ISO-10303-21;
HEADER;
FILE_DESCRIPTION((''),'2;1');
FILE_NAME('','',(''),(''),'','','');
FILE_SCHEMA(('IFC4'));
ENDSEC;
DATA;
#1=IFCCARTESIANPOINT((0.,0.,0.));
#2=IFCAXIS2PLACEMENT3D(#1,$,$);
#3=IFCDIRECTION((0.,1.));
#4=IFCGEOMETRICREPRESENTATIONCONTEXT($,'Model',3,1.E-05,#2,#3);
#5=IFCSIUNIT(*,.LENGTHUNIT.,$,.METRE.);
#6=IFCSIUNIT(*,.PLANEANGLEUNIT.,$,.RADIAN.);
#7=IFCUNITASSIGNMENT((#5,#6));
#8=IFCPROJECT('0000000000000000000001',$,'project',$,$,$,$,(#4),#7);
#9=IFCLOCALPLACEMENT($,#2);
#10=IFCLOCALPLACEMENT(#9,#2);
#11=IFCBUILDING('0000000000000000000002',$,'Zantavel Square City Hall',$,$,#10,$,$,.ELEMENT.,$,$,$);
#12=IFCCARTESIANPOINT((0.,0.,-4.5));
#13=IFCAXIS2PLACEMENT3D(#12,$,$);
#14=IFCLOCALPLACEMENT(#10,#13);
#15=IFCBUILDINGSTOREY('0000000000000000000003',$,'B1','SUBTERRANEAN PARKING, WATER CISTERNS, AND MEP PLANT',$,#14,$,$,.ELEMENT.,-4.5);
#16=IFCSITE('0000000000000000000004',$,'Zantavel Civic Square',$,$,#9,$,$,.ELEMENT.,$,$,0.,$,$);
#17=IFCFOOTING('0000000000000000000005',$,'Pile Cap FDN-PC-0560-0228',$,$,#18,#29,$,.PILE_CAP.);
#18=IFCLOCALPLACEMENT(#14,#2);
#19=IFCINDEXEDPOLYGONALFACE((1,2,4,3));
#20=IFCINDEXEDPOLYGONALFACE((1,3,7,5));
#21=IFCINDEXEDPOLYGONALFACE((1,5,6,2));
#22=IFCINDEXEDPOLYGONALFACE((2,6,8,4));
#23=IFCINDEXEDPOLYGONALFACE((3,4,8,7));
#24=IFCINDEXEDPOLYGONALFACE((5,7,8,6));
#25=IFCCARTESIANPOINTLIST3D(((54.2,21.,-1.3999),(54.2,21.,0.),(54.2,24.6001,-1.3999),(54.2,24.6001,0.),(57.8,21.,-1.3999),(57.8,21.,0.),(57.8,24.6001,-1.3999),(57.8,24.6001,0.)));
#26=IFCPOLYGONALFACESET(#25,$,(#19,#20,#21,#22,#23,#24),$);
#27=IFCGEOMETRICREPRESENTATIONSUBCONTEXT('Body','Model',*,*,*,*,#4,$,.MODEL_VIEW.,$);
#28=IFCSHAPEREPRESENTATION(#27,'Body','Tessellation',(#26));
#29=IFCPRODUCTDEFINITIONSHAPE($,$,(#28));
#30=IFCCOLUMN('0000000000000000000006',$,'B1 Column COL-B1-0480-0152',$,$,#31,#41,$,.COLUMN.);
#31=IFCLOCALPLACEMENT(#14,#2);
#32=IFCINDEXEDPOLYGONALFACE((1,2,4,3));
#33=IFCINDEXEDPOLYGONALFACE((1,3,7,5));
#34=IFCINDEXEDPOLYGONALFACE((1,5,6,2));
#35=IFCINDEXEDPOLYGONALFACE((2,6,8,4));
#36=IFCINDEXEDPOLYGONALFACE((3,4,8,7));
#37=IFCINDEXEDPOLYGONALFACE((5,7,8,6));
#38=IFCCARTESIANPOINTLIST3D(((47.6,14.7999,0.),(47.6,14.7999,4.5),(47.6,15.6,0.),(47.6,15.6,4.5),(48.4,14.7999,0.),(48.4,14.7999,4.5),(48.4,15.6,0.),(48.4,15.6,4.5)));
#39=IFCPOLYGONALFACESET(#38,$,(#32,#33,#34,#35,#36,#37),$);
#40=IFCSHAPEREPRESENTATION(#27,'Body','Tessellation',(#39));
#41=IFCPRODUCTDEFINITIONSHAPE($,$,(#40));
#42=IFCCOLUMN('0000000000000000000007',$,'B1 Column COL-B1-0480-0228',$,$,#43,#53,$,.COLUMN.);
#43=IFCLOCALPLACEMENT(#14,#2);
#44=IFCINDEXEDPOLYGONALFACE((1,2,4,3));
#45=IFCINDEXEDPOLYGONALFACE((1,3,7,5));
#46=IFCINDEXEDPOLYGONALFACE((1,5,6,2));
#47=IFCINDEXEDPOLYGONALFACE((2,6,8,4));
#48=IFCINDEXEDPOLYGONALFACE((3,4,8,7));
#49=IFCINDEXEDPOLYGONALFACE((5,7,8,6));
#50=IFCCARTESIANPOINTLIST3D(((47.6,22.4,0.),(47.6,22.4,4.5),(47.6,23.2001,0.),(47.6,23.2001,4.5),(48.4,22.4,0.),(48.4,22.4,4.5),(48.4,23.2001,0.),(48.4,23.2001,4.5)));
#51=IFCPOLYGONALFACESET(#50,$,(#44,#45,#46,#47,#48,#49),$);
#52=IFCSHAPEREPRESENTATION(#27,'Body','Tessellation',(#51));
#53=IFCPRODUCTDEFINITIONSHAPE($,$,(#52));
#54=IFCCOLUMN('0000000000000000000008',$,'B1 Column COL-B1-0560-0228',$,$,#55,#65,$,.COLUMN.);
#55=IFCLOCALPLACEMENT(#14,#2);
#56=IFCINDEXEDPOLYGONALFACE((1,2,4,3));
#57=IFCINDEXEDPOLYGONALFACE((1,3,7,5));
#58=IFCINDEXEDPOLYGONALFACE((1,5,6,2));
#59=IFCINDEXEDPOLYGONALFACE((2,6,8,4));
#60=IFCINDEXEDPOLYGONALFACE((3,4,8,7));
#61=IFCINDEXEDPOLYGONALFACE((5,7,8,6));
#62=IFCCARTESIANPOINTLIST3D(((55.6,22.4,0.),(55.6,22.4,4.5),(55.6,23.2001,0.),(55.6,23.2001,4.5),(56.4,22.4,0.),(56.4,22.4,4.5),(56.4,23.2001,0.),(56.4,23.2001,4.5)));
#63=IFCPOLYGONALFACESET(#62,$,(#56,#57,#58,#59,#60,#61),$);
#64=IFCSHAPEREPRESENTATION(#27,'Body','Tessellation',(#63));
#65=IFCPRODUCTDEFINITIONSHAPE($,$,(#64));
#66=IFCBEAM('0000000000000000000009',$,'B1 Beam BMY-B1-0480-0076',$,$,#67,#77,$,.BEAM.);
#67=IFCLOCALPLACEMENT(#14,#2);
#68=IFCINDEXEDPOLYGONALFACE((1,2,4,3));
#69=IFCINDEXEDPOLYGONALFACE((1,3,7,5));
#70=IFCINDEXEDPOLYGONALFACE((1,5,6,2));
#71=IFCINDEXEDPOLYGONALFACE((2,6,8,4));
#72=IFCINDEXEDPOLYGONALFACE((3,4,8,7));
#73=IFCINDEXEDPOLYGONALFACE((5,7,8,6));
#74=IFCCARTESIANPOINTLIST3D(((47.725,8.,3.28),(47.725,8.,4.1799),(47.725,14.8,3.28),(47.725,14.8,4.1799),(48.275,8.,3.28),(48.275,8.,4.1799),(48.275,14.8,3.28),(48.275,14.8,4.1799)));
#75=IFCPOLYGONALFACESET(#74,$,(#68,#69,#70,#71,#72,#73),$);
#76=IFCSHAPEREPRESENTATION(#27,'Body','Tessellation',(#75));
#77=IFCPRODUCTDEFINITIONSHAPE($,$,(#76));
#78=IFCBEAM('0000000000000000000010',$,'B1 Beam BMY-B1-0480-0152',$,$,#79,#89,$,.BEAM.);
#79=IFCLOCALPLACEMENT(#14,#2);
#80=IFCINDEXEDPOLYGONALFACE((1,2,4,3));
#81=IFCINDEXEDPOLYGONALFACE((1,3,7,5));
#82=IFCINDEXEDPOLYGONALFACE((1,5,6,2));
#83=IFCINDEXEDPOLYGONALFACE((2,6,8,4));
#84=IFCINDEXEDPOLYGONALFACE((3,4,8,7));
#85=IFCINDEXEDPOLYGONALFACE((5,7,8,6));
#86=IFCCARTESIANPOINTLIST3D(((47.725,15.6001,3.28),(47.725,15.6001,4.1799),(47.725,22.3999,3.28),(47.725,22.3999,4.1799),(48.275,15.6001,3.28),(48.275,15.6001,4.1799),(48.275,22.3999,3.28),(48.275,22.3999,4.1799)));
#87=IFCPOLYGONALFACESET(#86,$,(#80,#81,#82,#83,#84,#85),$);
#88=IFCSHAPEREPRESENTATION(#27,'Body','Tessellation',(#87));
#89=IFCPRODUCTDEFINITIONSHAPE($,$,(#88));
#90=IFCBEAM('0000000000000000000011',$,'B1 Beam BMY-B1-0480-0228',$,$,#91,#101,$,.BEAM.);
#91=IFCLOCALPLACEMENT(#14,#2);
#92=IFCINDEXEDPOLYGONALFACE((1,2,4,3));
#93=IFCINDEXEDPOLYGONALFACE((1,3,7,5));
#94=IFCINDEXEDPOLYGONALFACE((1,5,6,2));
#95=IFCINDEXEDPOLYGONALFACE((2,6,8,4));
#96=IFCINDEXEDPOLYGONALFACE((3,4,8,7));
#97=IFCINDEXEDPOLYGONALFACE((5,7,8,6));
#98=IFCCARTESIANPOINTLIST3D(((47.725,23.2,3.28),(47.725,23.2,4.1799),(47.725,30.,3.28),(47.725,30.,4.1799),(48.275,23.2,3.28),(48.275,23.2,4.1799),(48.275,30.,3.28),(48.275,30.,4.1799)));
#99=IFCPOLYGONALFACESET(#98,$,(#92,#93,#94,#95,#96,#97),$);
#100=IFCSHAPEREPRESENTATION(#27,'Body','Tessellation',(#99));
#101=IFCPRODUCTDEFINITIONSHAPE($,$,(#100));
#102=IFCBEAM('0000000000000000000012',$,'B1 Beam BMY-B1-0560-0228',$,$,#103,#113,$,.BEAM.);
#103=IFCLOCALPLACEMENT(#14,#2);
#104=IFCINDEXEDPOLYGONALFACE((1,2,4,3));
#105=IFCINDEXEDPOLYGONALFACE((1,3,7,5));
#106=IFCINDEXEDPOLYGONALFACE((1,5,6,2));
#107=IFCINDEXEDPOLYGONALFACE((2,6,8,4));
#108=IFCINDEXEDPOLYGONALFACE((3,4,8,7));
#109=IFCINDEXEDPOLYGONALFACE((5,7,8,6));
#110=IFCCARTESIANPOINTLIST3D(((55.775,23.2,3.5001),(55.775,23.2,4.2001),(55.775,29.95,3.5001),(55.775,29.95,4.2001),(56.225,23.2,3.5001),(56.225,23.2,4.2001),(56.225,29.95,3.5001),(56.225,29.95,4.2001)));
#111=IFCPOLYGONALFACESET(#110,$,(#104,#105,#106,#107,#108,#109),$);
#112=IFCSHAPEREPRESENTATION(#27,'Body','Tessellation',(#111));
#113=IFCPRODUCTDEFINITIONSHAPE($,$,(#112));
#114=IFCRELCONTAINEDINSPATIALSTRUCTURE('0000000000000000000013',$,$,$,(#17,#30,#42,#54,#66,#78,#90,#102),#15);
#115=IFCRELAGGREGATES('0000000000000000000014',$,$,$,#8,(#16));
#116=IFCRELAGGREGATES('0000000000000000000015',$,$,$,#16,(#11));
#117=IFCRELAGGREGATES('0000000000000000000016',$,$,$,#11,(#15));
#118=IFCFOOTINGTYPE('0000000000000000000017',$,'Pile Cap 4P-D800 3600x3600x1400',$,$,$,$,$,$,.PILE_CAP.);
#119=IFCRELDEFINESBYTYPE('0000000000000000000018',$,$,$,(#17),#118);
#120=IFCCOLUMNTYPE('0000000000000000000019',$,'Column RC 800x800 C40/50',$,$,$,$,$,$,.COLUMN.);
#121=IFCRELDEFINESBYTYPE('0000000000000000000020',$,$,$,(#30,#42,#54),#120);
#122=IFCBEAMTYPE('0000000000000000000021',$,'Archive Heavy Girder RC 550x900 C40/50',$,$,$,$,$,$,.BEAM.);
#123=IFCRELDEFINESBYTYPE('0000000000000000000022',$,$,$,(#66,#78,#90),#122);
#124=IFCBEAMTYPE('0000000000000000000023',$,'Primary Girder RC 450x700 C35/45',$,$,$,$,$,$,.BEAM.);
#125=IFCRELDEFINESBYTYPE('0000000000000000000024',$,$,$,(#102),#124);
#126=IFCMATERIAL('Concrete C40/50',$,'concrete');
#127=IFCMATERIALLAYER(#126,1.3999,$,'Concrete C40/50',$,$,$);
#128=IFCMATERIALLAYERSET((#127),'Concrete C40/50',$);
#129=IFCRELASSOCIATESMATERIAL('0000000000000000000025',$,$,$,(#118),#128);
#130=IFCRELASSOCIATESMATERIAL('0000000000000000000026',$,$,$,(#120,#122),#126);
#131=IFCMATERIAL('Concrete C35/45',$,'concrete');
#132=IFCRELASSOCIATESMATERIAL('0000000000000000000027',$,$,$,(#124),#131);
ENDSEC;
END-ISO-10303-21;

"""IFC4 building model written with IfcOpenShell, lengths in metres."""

from ifc_helpers import new_model, si_unit, direction, frame, origin, origin_2d, place, context, subcontext, project, spatial, rectangle, extrude, material, layer, layer_set, material_profile, profile_set, type_object, element, save


model = new_model("IFC4")

# Units and contexts
model_context = context("Model", 3, precision=1e-05, world=origin(), true_north=direction((0.0, 1.0)))
body_context = subcontext(model_context, "Body", "Model", "MODEL_VIEW")
ifc_project = project(units=[si_unit("LENGTHUNIT", "METRE"), si_unit("PLANEANGLEUNIT", "RADIAN")], contexts=[model_context])

# Site, building, storey
site_placement = place(None, origin())
site = spatial("IfcSite", under=ifc_project, at=site_placement, Name="Zantavel Civic Square", CompositionType="ELEMENT", RefElevation=0.0)
building_placement = place(site_placement, origin())
building = spatial("IfcBuilding", under=site, at=building_placement, Name="Zantavel Square City Hall", CompositionType="ELEMENT")
storey_placement = place(building_placement, frame((0.0, 0.0, -4.5)))
storey = spatial("IfcBuildingStorey", under=building, at=storey_placement, Name="B1", Description="SUBTERRANEAN PARKING, WATER CISTERNS, AND MEP PLANT", CompositionType="ELEMENT", Elevation=-4.5)

# Shared definitions
ifc_material_1 = material(Name="Concrete C35/45", Category="concrete")

# Footing
ifc_material_2 = material(Name="Concrete C40/50", Category="concrete")
ifc_layer_1 = layer(ifc_material_2, 1.3999, Name="Concrete C40/50")
ifc_layer_set_1 = layer_set([ifc_layer_1], Name="Concrete C40/50")
footing_type_1 = type_object("IfcFootingType", Name="Pile Cap 4P-D800 3600x3600x1400", PredefinedType="PILE_CAP", material=ifc_layer_set_1)
footing_1_placement = place(storey_placement, frame((56.0, 22.8, -1.3999), z_axis=(0.0, 0.0, 1.0), x_axis=(1.0, 0.0, 0.0)))
element("IfcFooting", 1, at=footing_1_placement, inside=storey, type_object=footing_type_1, Name="Pile Cap FDN-PC-0560-0228", PredefinedType="PILE_CAP", context=body_context, shape_type="SweptSolid", body=[
    extrude(rectangle(XDim=3.6001, YDim=3.6001, at=origin_2d()), origin(), (0.0, 0.0, 1.0), 1.3999),
])

# Columns
ifc_material_profile_1 = material_profile(ifc_material_2, rectangle(XDim=0.8, YDim=0.8, at=origin_2d()), Name="RC 800x800")
ifc_profile_set_1 = profile_set([ifc_material_profile_1], Name="Concrete C40/50")
column_type = type_object("IfcColumnType", Name="Column RC 800x800 C40/50", PredefinedType="COLUMN", material=ifc_profile_set_1)
for number, where, z_axis, x_axis, name in (
    (2, (48.0, 15.2, 0.0), (0.0, 0.0, 1.0), (1.0, 0.0, 0.0), "B1 Column COL-B1-0480-0152"),
    (3, (48.0, 22.8, 0.0), (0.0, 0.0, 1.0), (1.0, 0.0, 0.0), "B1 Column COL-B1-0480-0228"),
    (4, (56.0, 22.8, 0.0), (0.0, 0.0, 1.0), (1.0, 0.0, 0.0), "B1 Column COL-B1-0560-0228"),
):
    element("IfcColumn", number, at=place(storey_placement, frame(where, z_axis=z_axis, x_axis=x_axis)), inside=storey, type_object=column_type, Name=name, PredefinedType="COLUMN", context=body_context, shape_type="SweptSolid", body=[
        extrude(rectangle(XDim=0.8, YDim=0.8, at=origin_2d()), origin(), (0.0, 0.0, 1.0), 4.5),
    ])

# Beams
ifc_material_profile_2 = material_profile(ifc_material_2, rectangle(XDim=0.55, YDim=0.8999, at=origin_2d()), Name="RC 550x900")
ifc_profile_set_2 = profile_set([ifc_material_profile_2], Name="Concrete C40/50")
beam_type_1 = type_object("IfcBeamType", Name="Archive Heavy Girder RC 550x900 C40/50", PredefinedType="BEAM", material=ifc_profile_set_2)
beam_1_placement = place(storey_placement, frame((48.0, 8.0, 3.73), z_axis=(0.0, 1.0, 0.0), x_axis=(-1.0, 0.0, 0.0)))
element("IfcBeam", 5, at=beam_1_placement, inside=storey, type_object=beam_type_1, Name="B1 Beam BMY-B1-0480-0076", PredefinedType="BEAM", context=body_context, shape_type="SweptSolid", body=[
    extrude(rectangle(XDim=0.55, YDim=0.8999, at=origin_2d()), origin(), (0.0, 0.0, 1.0), 6.8),
])
beam_2_placement = place(storey_placement, frame((48.0, 15.6001, 3.73), z_axis=(0.0, 1.0, 0.0), x_axis=(-1.0, 0.0, 0.0)))
element("IfcBeam", 6, at=beam_2_placement, inside=storey, type_object=beam_type_1, Name="B1 Beam BMY-B1-0480-0152", PredefinedType="BEAM", context=body_context, shape_type="SweptSolid", body=[
    extrude(rectangle(XDim=0.55, YDim=0.8999, at=origin_2d()), origin(), (0.0, 0.0, 1.0), 6.7998),
])
beam_3_placement = place(storey_placement, frame((48.0, 23.2, 3.73), z_axis=(0.0, 1.0, 0.0), x_axis=(-1.0, 0.0, 0.0)))
element("IfcBeam", 7, at=beam_3_placement, inside=storey, type_object=beam_type_1, Name="B1 Beam BMY-B1-0480-0228", PredefinedType="BEAM", context=body_context, shape_type="SweptSolid", body=[
    extrude(rectangle(XDim=0.55, YDim=0.8999, at=origin_2d()), origin(), (0.0, 0.0, 1.0), 6.8),
])
ifc_material_profile_3 = material_profile(ifc_material_1, rectangle(XDim=0.45, YDim=0.7, at=origin_2d()), Name="RC 450x700")
ifc_profile_set_3 = profile_set([ifc_material_profile_3], Name="Concrete C35/45")
beam_type_2 = type_object("IfcBeamType", Name="Primary Girder RC 450x700 C35/45", PredefinedType="BEAM", material=ifc_profile_set_3)
beam_4_placement = place(storey_placement, frame((56.0, 23.2, 3.8501), z_axis=(0.0, 1.0, 0.0), x_axis=(-1.0, 0.0, 0.0)))
element("IfcBeam", 8, at=beam_4_placement, inside=storey, type_object=beam_type_2, Name="B1 Beam BMY-B1-0560-0228", PredefinedType="BEAM", context=body_context, shape_type="SweptSolid", body=[
    extrude(rectangle(XDim=0.45, YDim=0.7, at=origin_2d()), origin(), (0.0, 0.0, 1.0), 6.75),
])

save(model, "model.ifc")
